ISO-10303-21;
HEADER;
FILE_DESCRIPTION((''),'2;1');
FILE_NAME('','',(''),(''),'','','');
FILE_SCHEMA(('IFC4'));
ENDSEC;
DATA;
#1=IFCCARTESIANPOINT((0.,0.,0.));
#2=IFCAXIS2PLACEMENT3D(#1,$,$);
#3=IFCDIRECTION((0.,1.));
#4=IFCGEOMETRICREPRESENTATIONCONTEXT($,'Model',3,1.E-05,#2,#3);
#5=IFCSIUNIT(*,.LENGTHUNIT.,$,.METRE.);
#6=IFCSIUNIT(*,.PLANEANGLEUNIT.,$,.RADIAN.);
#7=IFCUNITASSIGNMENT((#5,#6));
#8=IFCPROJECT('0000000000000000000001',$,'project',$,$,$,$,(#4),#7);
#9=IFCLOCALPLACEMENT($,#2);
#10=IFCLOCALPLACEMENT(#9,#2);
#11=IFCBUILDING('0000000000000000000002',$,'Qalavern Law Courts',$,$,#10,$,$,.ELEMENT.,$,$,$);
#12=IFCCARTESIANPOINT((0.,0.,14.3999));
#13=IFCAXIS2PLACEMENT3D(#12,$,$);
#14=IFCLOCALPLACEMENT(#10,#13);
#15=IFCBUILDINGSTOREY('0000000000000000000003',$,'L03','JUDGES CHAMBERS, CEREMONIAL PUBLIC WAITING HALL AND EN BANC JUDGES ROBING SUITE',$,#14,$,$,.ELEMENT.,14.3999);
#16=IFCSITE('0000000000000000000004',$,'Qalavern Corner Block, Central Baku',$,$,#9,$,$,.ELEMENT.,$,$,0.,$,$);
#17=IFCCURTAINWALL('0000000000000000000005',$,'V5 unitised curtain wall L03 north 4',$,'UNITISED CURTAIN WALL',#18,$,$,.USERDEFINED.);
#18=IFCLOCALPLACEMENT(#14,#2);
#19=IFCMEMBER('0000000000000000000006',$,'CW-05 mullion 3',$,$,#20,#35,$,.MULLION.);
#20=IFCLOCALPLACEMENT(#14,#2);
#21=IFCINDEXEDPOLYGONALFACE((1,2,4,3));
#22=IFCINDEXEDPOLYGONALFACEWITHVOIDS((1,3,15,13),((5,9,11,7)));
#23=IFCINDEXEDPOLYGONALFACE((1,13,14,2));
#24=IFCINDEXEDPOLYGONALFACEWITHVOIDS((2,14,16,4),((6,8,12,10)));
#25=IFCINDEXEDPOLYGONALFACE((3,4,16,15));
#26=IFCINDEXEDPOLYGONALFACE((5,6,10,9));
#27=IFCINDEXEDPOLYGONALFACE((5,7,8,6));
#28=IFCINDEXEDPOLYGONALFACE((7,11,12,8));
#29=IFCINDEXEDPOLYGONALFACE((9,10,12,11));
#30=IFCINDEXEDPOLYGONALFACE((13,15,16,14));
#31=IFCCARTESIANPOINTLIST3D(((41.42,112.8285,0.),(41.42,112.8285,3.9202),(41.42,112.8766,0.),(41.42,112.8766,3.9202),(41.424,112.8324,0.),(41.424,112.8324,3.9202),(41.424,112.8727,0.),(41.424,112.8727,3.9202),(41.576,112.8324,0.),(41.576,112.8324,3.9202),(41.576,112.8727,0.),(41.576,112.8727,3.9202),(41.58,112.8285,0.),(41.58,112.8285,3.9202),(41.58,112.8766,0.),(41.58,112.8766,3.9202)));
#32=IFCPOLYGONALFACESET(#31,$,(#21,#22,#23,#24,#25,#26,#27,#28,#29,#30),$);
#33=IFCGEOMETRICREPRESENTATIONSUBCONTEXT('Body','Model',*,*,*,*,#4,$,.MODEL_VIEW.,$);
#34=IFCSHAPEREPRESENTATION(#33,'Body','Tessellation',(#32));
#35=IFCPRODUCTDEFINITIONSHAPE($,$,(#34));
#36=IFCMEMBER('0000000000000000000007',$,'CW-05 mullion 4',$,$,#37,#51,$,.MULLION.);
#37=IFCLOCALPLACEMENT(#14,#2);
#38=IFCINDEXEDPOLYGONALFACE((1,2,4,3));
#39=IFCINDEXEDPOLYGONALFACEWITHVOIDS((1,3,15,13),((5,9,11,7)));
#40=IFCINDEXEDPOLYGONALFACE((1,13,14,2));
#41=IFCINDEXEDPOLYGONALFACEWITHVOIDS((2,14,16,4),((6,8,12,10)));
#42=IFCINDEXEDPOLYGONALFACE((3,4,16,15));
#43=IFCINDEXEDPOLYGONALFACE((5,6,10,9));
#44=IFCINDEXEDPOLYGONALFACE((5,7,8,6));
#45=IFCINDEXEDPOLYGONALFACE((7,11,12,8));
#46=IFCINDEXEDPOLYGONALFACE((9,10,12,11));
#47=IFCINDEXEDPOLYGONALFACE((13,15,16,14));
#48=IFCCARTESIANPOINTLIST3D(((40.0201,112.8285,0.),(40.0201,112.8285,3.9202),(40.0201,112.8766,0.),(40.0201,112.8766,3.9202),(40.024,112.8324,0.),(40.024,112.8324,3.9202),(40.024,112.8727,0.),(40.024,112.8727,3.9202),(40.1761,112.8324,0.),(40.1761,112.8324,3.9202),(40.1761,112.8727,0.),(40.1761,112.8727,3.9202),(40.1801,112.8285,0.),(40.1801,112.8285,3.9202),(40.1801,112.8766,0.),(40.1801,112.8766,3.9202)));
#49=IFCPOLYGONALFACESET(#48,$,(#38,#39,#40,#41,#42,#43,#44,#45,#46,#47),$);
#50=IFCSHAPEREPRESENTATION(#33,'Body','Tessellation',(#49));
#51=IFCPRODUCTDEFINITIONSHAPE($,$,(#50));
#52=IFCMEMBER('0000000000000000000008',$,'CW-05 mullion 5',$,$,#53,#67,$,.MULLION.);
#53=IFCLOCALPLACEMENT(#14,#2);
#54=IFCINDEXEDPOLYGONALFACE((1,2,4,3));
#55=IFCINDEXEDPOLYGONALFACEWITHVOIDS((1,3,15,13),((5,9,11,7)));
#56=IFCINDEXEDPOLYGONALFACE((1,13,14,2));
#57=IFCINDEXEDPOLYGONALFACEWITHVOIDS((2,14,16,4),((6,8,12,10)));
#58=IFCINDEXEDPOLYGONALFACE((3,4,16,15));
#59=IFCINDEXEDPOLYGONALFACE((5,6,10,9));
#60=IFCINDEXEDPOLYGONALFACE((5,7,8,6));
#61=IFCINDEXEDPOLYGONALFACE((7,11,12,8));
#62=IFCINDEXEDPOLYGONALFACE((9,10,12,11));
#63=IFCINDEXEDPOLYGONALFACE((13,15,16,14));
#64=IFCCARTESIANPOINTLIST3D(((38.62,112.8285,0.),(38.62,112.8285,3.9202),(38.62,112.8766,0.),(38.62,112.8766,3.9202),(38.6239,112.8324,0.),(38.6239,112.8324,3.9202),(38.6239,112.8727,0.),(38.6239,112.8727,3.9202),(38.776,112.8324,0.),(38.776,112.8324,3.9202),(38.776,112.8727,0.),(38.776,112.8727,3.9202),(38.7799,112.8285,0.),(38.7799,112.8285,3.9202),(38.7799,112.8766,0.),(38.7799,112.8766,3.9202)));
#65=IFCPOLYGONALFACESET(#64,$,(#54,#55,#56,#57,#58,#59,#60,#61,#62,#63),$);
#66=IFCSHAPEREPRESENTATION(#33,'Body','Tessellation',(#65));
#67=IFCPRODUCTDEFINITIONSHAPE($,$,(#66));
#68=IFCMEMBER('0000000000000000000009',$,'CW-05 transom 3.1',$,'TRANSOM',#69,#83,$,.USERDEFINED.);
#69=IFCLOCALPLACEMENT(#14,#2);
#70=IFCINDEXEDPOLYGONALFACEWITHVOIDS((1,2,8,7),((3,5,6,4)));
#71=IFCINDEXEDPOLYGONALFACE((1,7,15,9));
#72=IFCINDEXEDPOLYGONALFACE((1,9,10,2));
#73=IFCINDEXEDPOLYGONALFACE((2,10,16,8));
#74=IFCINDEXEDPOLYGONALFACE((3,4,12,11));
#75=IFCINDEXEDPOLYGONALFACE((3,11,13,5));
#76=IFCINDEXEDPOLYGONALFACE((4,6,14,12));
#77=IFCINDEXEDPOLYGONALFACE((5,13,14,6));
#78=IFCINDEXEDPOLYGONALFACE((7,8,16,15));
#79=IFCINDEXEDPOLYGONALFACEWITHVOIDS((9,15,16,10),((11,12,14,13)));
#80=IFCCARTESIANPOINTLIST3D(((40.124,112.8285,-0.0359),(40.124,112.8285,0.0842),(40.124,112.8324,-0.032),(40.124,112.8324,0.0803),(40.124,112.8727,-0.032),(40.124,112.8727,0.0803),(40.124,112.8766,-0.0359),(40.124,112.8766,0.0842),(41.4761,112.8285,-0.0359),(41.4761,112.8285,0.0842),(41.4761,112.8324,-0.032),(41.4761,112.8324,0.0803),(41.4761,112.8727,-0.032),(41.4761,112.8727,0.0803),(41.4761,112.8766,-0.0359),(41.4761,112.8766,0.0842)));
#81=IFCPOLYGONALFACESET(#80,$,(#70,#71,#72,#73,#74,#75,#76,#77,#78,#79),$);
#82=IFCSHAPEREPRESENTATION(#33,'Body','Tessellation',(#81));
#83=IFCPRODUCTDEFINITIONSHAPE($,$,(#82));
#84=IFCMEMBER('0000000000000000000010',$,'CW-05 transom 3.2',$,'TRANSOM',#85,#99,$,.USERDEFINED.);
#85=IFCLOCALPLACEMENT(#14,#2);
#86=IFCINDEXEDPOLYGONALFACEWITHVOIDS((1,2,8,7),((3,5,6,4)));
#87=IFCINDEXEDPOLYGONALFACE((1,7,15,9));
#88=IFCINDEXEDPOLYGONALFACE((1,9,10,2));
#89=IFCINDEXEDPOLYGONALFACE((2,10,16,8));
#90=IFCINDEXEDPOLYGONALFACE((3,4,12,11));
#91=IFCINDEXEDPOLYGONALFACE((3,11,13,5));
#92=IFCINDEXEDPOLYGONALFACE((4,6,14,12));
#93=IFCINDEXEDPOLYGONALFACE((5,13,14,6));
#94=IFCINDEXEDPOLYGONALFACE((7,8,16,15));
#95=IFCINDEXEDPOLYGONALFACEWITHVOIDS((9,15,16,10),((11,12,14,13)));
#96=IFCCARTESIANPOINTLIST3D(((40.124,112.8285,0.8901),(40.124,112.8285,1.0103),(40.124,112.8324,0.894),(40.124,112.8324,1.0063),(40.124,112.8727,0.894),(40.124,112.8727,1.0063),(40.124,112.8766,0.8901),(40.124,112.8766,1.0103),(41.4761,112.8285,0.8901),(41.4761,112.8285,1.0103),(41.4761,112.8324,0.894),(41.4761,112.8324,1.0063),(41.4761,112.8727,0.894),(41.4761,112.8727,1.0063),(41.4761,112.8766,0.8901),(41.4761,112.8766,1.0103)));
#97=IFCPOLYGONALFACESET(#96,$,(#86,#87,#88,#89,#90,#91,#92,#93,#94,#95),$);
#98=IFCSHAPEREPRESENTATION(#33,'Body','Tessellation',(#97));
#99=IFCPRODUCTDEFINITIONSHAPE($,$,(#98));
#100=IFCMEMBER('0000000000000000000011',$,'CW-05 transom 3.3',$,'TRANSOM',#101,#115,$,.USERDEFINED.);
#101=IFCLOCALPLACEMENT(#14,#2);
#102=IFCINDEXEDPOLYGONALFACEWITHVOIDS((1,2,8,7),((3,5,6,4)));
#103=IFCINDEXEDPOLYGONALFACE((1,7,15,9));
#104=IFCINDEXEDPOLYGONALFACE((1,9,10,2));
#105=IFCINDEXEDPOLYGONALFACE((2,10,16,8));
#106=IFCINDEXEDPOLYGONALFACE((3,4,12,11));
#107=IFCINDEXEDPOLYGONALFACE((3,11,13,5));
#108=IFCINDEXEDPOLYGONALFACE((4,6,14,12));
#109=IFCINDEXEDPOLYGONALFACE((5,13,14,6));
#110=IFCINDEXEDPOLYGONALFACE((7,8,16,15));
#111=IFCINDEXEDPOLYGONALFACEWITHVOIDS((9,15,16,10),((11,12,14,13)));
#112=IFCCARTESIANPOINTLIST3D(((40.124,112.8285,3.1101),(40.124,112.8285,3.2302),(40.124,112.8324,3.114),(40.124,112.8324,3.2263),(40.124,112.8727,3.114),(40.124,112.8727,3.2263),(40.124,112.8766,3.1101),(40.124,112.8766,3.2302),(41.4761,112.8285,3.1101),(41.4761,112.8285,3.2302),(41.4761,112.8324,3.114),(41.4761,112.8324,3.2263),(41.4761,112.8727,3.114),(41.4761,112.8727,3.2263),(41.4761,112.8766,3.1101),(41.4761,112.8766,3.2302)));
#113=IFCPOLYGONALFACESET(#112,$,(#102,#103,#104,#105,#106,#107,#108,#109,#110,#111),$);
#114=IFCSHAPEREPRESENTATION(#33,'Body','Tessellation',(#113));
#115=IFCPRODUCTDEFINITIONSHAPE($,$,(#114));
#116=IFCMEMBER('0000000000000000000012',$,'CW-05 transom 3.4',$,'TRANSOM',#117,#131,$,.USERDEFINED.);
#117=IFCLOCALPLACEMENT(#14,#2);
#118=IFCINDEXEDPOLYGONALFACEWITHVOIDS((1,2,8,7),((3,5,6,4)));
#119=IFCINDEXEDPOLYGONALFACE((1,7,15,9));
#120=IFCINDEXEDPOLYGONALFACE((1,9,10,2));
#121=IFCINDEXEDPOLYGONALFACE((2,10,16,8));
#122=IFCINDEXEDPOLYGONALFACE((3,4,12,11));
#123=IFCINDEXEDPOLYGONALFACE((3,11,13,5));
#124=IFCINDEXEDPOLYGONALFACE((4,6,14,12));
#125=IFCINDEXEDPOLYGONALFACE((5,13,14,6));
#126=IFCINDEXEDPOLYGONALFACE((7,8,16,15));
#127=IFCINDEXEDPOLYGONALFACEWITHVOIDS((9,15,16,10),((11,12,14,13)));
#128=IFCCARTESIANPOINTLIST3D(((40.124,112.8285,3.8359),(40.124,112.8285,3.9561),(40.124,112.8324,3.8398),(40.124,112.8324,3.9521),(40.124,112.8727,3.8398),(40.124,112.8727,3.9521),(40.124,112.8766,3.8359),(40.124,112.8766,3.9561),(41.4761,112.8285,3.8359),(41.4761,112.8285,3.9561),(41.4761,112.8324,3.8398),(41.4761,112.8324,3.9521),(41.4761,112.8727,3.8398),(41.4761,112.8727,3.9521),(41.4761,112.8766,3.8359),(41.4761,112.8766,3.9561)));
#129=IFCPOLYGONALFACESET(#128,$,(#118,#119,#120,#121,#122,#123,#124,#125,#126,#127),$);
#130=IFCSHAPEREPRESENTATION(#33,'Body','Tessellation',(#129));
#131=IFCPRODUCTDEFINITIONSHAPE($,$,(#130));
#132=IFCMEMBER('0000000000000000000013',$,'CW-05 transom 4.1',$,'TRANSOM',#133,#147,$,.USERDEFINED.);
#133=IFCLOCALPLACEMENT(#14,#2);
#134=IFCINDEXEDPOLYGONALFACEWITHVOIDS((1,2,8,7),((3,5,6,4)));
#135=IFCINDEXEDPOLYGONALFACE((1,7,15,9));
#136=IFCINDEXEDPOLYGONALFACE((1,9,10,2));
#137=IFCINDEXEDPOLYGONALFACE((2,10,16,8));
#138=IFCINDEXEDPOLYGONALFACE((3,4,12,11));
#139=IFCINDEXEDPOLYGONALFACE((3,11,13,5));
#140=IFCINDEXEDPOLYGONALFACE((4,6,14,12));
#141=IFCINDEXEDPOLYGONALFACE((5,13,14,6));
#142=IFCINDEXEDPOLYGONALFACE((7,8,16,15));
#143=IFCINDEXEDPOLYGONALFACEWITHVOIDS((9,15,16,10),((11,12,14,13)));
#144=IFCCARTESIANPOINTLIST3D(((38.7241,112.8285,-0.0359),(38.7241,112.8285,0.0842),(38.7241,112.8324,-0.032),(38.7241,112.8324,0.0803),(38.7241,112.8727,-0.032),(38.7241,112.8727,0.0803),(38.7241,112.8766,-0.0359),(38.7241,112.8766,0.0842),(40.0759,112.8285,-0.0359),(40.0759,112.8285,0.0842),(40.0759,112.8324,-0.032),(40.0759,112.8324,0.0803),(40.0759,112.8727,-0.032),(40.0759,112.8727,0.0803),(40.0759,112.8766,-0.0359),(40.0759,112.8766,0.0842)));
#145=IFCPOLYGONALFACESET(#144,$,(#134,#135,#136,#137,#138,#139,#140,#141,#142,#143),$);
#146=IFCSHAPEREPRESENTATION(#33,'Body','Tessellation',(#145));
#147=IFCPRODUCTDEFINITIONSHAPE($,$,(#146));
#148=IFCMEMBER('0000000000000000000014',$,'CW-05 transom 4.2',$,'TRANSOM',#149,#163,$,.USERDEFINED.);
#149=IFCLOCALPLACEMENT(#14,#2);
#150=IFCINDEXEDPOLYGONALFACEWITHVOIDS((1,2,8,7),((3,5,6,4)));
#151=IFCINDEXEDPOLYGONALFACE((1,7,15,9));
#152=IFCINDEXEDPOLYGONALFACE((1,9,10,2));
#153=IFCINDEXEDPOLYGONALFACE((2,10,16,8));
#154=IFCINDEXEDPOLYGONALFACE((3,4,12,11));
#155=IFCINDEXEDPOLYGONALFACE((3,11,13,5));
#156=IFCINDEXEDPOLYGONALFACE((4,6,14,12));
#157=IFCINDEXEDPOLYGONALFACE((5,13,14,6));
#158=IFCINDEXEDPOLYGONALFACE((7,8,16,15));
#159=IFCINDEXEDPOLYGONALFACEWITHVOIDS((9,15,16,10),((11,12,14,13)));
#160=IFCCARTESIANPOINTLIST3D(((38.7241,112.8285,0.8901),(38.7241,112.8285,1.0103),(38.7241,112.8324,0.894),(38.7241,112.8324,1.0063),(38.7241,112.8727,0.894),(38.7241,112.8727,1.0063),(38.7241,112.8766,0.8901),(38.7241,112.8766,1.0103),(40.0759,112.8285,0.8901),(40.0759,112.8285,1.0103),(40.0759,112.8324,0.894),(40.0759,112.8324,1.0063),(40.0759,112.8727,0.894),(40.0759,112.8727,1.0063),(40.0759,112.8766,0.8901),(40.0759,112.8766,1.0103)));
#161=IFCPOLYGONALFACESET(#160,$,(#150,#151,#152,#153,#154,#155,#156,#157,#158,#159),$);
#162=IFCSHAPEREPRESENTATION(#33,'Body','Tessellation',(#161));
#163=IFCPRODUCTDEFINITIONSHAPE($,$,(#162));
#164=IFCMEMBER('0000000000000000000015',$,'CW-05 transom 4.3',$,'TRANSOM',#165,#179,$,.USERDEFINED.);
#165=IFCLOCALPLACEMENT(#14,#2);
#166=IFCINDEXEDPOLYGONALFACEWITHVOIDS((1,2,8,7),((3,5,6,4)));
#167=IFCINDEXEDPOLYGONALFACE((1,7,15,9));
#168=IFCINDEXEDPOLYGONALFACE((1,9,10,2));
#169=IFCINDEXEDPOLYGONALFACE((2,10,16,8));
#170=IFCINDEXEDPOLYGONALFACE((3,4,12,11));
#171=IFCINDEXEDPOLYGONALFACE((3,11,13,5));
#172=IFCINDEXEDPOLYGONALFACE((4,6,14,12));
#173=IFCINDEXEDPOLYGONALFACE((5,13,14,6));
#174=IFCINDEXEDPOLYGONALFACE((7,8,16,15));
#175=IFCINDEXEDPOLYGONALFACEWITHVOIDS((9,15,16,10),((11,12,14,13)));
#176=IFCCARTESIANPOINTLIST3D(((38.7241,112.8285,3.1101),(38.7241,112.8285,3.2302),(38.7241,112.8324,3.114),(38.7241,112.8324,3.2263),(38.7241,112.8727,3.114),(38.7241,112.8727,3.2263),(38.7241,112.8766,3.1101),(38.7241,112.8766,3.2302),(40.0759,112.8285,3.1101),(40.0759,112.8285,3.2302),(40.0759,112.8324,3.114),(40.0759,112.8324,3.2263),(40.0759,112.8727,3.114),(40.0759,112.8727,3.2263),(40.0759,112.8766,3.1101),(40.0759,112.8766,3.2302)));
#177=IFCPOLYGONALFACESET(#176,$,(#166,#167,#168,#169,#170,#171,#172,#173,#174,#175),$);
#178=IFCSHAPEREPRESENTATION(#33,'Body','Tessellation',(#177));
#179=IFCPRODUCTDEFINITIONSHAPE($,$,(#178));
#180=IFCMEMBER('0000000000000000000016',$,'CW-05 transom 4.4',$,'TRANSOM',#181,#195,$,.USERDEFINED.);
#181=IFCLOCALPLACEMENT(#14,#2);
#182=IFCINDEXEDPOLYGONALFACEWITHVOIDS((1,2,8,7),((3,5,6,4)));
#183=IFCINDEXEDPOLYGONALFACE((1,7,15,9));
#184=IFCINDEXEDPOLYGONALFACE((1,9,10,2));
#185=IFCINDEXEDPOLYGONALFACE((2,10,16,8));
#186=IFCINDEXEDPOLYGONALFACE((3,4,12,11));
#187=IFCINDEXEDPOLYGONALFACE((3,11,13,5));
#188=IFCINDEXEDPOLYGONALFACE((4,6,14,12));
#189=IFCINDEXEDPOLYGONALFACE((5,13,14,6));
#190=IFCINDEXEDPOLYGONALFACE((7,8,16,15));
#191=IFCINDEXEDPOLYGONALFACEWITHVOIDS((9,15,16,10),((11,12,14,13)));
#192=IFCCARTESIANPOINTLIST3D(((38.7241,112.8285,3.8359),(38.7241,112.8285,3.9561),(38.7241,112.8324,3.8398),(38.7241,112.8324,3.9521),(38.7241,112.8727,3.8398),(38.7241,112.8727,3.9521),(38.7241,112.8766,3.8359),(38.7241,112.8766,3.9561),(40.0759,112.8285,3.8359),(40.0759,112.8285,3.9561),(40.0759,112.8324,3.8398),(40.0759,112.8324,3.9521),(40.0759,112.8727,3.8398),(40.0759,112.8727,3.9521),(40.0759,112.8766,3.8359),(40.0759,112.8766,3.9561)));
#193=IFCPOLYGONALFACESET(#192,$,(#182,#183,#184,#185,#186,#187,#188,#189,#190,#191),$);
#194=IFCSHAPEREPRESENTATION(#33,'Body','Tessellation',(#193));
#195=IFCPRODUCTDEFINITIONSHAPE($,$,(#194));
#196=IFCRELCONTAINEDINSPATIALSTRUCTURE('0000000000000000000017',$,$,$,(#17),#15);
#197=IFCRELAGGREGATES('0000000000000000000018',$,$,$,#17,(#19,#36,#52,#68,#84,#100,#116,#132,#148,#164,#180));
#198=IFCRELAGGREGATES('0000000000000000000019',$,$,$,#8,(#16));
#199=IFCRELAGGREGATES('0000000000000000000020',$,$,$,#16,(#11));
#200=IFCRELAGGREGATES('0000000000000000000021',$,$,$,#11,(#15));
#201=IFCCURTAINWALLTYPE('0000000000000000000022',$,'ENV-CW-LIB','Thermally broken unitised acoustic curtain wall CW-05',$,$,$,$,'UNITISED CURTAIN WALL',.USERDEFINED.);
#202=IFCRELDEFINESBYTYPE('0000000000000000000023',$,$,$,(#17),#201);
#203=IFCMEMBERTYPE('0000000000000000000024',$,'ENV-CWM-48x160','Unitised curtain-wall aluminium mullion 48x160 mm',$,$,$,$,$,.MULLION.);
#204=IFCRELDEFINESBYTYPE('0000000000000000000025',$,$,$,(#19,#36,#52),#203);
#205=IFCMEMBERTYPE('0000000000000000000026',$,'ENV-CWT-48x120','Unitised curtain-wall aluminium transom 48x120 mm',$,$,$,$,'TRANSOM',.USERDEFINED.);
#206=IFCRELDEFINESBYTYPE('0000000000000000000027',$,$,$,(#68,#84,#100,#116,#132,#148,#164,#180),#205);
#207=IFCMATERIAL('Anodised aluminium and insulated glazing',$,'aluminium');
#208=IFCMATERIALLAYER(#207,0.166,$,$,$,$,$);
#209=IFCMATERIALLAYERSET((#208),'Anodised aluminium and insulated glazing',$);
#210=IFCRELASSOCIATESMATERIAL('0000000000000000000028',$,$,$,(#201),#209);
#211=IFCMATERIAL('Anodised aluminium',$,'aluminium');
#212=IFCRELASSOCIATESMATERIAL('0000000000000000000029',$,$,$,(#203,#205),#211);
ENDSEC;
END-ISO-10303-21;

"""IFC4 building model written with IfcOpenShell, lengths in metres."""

from ifc_helpers import new_model, si_unit, direction, frame, origin, origin_2d, place, context, subcontext, project, spatial, hollow_rectangle, extrude, material, layer, layer_set, material_profile, profile_set, type_object, element, aggregate, save


model = new_model("IFC4")

# Units and contexts
model_context = context("Model", 3, precision=1e-05, world=origin(), true_north=direction((0.0, 1.0)))
body_context = subcontext(model_context, "Body", "Model", "MODEL_VIEW")
ifc_project = project(units=[si_unit("LENGTHUNIT", "METRE"), si_unit("PLANEANGLEUNIT", "RADIAN")], contexts=[model_context])

# Site, building, storey
site_placement = place(None, origin())
site = spatial("IfcSite", under=ifc_project, at=site_placement, Name="Qalavern Corner Block, Central Baku", CompositionType="ELEMENT", RefElevation=0.0)
building_placement = place(site_placement, origin())
building = spatial("IfcBuilding", under=site, at=building_placement, Name="Qalavern Law Courts", CompositionType="ELEMENT")
storey_placement = place(building_placement, frame((0.0, 0.0, 14.3999)))
storey = spatial("IfcBuildingStorey", under=building, at=storey_placement, Name="L03", Description="JUDGES CHAMBERS, CEREMONIAL PUBLIC WAITING HALL AND EN BANC JUDGES ROBING SUITE", CompositionType="ELEMENT", Elevation=14.3999)

# Curtain wall, members
ifc_material_1 = material(Name="Anodised aluminium and insulated glazing", Category="aluminium")
ifc_layer_1 = layer(ifc_material_1, 0.166)
ifc_layer_set_1 = layer_set([ifc_layer_1], Name="Anodised aluminium and insulated glazing")
curtain_wall_type = type_object("IfcCurtainWallType", Name="ENV-CW-LIB", Description="Thermally broken unitised acoustic curtain wall CW-05", ElementType="UNITISED CURTAIN WALL", PredefinedType="USERDEFINED", material=ifc_layer_set_1)
curtain_wall_placement = place(storey_placement, origin())
curtain_wall = element("IfcCurtainWall", 1, at=curtain_wall_placement, inside=storey, type_object=curtain_wall_type, Name="V5 unitised curtain wall L03 north 4", ObjectType="UNITISED CURTAIN WALL", PredefinedType="USERDEFINED")
ifc_material_2 = material(Name="Anodised aluminium", Category="aluminium")
ifc_material_profile_1 = material_profile(ifc_material_2, hollow_rectangle(XDim=0.0481, YDim=0.1599, WallThickness=0.0039, at=origin_2d()), Name="ALU MULLION 48x160")
ifc_profile_set_1 = profile_set([ifc_material_profile_1], Name="Anodised aluminium")
member_type_1 = type_object("IfcMemberType", Name="ENV-CWM-48x160", Description="Unitised curtain-wall aluminium mullion 48x160 mm", PredefinedType="MULLION", material=ifc_profile_set_1)
member_1_placement = place(storey_placement, frame((41.5, 112.8525, 0.0), z_axis=(0.0, 0.0, 1.0), x_axis=(0.0, -1.0, 0.0)))
member_1 = element("IfcMember", 2, at=member_1_placement, type_object=member_type_1, Name="CW-05 mullion 3", PredefinedType="MULLION", context=body_context, shape_type="SweptSolid", body=[
    extrude(hollow_rectangle(XDim=0.0481, YDim=0.1599, WallThickness=0.0039, at=origin_2d()), origin(), (0.0, 0.0, 1.0), 3.9202),
])
member_2_placement = place(storey_placement, frame((40.1001, 112.8525, 0.0), z_axis=(0.0, 0.0, 1.0), x_axis=(0.0, -1.0, 0.0)))
member_2 = element("IfcMember", 3, at=member_2_placement, type_object=member_type_1, Name="CW-05 mullion 4", PredefinedType="MULLION", context=body_context, shape_type="SweptSolid", body=[
    extrude(hollow_rectangle(XDim=0.0481, YDim=0.1599, WallThickness=0.0039, at=origin_2d()), origin(), (0.0, 0.0, 1.0), 3.9202),
])
member_3_placement = place(storey_placement, frame((38.7, 112.8525, 0.0), z_axis=(0.0, 0.0, 1.0), x_axis=(0.0, -1.0, 0.0)))
member_3 = element("IfcMember", 4, at=member_3_placement, type_object=member_type_1, Name="CW-05 mullion 5", PredefinedType="MULLION", context=body_context, shape_type="SweptSolid", body=[
    extrude(hollow_rectangle(XDim=0.0481, YDim=0.1599, WallThickness=0.0039, at=origin_2d()), origin(), (0.0, 0.0, 1.0), 3.9202),
])
ifc_material_profile_2 = material_profile(ifc_material_2, hollow_rectangle(XDim=0.0481, YDim=0.1201, WallThickness=0.0039, at=origin_2d()), Name="ALU TRANSOM 48x120")
ifc_profile_set_2 = profile_set([ifc_material_profile_2], Name="Anodised aluminium")
member_type_2 = type_object("IfcMemberType", Name="ENV-CWT-48x120", Description="Unitised curtain-wall aluminium transom 48x120 mm", ElementType="TRANSOM", PredefinedType="USERDEFINED", material=ifc_profile_set_2)
member_4_placement = place(storey_placement, frame((41.4761, 112.8525, 0.0242), z_axis=(-1.0, 0.0, 0.0), x_axis=(0.0, -1.0, 0.0)))
member_4 = element("IfcMember", 5, at=member_4_placement, type_object=member_type_2, Name="CW-05 transom 3.1", ObjectType="TRANSOM", PredefinedType="USERDEFINED", context=body_context, shape_type="SweptSolid", body=[
    extrude(hollow_rectangle(XDim=0.0481, YDim=0.1201, WallThickness=0.0039, at=origin_2d()), origin(), (0.0, 0.0, 1.0), 1.3521),
])
member_5_placement = place(storey_placement, frame((41.4761, 112.8525, 0.9502), z_axis=(-1.0, 0.0, 0.0), x_axis=(0.0, -1.0, 0.0)))
member_5 = element("IfcMember", 6, at=member_5_placement, type_object=member_type_2, Name="CW-05 transom 3.2", ObjectType="TRANSOM", PredefinedType="USERDEFINED", context=body_context, shape_type="SweptSolid", body=[
    extrude(hollow_rectangle(XDim=0.0481, YDim=0.1201, WallThickness=0.0039, at=origin_2d()), origin(), (0.0, 0.0, 1.0), 1.3521),
])
member_6_placement = place(storey_placement, frame((41.4761, 112.8525, 3.1702), z_axis=(-1.0, 0.0, 0.0), x_axis=(0.0, -1.0, 0.0)))
member_6 = element("IfcMember", 7, at=member_6_placement, type_object=member_type_2, Name="CW-05 transom 3.3", ObjectType="TRANSOM", PredefinedType="USERDEFINED", context=body_context, shape_type="SweptSolid", body=[
    extrude(hollow_rectangle(XDim=0.0481, YDim=0.1201, WallThickness=0.0039, at=origin_2d()), origin(), (0.0, 0.0, 1.0), 1.3521),
])
member_7_placement = place(storey_placement, frame((41.4761, 112.8525, 3.896), z_axis=(-1.0, 0.0, 0.0), x_axis=(0.0, -1.0, 0.0)))
member_7 = element("IfcMember", 8, at=member_7_placement, type_object=member_type_2, Name="CW-05 transom 3.4", ObjectType="TRANSOM", PredefinedType="USERDEFINED", context=body_context, shape_type="SweptSolid", body=[
    extrude(hollow_rectangle(XDim=0.0481, YDim=0.1201, WallThickness=0.0039, at=origin_2d()), origin(), (0.0, 0.0, 1.0), 1.3521),
])
member_8_placement = place(storey_placement, frame((40.0759, 112.8525, 0.0242), z_axis=(-1.0, 0.0, 0.0), x_axis=(0.0, -1.0, 0.0)))
member_8 = element("IfcMember", 9, at=member_8_placement, type_object=member_type_2, Name="CW-05 transom 4.1", ObjectType="TRANSOM", PredefinedType="USERDEFINED", context=body_context, shape_type="SweptSolid", body=[
    extrude(hollow_rectangle(XDim=0.0481, YDim=0.1201, WallThickness=0.0039, at=origin_2d()), origin(), (0.0, 0.0, 1.0), 1.3518),
])
member_9_placement = place(storey_placement, frame((40.0759, 112.8525, 0.9502), z_axis=(-1.0, 0.0, 0.0), x_axis=(0.0, -1.0, 0.0)))
member_9 = element("IfcMember", 10, at=member_9_placement, type_object=member_type_2, Name="CW-05 transom 4.2", ObjectType="TRANSOM", PredefinedType="USERDEFINED", context=body_context, shape_type="SweptSolid", body=[
    extrude(hollow_rectangle(XDim=0.0481, YDim=0.1201, WallThickness=0.0039, at=origin_2d()), origin(), (0.0, 0.0, 1.0), 1.3518),
])
member_10_placement = place(storey_placement, frame((40.0759, 112.8525, 3.1702), z_axis=(-1.0, 0.0, 0.0), x_axis=(0.0, -1.0, 0.0)))
member_10 = element("IfcMember", 11, at=member_10_placement, type_object=member_type_2, Name="CW-05 transom 4.3", ObjectType="TRANSOM", PredefinedType="USERDEFINED", context=body_context, shape_type="SweptSolid", body=[
    extrude(hollow_rectangle(XDim=0.0481, YDim=0.1201, WallThickness=0.0039, at=origin_2d()), origin(), (0.0, 0.0, 1.0), 1.3518),
])
member_11_placement = place(storey_placement, frame((40.0759, 112.8525, 3.896), z_axis=(-1.0, 0.0, 0.0), x_axis=(0.0, -1.0, 0.0)))
member_11 = element("IfcMember", 12, at=member_11_placement, type_object=member_type_2, Name="CW-05 transom 4.4", ObjectType="TRANSOM", PredefinedType="USERDEFINED", context=body_context, shape_type="SweptSolid", body=[
    extrude(hollow_rectangle(XDim=0.0481, YDim=0.1201, WallThickness=0.0039, at=origin_2d()), origin(), (0.0, 0.0, 1.0), 1.3518),
])
aggregate(curtain_wall, [member_1, member_2, member_3, member_4, member_5, member_6, member_7, member_8, member_9, member_10, member_11])

save(model, "model.ifc")
